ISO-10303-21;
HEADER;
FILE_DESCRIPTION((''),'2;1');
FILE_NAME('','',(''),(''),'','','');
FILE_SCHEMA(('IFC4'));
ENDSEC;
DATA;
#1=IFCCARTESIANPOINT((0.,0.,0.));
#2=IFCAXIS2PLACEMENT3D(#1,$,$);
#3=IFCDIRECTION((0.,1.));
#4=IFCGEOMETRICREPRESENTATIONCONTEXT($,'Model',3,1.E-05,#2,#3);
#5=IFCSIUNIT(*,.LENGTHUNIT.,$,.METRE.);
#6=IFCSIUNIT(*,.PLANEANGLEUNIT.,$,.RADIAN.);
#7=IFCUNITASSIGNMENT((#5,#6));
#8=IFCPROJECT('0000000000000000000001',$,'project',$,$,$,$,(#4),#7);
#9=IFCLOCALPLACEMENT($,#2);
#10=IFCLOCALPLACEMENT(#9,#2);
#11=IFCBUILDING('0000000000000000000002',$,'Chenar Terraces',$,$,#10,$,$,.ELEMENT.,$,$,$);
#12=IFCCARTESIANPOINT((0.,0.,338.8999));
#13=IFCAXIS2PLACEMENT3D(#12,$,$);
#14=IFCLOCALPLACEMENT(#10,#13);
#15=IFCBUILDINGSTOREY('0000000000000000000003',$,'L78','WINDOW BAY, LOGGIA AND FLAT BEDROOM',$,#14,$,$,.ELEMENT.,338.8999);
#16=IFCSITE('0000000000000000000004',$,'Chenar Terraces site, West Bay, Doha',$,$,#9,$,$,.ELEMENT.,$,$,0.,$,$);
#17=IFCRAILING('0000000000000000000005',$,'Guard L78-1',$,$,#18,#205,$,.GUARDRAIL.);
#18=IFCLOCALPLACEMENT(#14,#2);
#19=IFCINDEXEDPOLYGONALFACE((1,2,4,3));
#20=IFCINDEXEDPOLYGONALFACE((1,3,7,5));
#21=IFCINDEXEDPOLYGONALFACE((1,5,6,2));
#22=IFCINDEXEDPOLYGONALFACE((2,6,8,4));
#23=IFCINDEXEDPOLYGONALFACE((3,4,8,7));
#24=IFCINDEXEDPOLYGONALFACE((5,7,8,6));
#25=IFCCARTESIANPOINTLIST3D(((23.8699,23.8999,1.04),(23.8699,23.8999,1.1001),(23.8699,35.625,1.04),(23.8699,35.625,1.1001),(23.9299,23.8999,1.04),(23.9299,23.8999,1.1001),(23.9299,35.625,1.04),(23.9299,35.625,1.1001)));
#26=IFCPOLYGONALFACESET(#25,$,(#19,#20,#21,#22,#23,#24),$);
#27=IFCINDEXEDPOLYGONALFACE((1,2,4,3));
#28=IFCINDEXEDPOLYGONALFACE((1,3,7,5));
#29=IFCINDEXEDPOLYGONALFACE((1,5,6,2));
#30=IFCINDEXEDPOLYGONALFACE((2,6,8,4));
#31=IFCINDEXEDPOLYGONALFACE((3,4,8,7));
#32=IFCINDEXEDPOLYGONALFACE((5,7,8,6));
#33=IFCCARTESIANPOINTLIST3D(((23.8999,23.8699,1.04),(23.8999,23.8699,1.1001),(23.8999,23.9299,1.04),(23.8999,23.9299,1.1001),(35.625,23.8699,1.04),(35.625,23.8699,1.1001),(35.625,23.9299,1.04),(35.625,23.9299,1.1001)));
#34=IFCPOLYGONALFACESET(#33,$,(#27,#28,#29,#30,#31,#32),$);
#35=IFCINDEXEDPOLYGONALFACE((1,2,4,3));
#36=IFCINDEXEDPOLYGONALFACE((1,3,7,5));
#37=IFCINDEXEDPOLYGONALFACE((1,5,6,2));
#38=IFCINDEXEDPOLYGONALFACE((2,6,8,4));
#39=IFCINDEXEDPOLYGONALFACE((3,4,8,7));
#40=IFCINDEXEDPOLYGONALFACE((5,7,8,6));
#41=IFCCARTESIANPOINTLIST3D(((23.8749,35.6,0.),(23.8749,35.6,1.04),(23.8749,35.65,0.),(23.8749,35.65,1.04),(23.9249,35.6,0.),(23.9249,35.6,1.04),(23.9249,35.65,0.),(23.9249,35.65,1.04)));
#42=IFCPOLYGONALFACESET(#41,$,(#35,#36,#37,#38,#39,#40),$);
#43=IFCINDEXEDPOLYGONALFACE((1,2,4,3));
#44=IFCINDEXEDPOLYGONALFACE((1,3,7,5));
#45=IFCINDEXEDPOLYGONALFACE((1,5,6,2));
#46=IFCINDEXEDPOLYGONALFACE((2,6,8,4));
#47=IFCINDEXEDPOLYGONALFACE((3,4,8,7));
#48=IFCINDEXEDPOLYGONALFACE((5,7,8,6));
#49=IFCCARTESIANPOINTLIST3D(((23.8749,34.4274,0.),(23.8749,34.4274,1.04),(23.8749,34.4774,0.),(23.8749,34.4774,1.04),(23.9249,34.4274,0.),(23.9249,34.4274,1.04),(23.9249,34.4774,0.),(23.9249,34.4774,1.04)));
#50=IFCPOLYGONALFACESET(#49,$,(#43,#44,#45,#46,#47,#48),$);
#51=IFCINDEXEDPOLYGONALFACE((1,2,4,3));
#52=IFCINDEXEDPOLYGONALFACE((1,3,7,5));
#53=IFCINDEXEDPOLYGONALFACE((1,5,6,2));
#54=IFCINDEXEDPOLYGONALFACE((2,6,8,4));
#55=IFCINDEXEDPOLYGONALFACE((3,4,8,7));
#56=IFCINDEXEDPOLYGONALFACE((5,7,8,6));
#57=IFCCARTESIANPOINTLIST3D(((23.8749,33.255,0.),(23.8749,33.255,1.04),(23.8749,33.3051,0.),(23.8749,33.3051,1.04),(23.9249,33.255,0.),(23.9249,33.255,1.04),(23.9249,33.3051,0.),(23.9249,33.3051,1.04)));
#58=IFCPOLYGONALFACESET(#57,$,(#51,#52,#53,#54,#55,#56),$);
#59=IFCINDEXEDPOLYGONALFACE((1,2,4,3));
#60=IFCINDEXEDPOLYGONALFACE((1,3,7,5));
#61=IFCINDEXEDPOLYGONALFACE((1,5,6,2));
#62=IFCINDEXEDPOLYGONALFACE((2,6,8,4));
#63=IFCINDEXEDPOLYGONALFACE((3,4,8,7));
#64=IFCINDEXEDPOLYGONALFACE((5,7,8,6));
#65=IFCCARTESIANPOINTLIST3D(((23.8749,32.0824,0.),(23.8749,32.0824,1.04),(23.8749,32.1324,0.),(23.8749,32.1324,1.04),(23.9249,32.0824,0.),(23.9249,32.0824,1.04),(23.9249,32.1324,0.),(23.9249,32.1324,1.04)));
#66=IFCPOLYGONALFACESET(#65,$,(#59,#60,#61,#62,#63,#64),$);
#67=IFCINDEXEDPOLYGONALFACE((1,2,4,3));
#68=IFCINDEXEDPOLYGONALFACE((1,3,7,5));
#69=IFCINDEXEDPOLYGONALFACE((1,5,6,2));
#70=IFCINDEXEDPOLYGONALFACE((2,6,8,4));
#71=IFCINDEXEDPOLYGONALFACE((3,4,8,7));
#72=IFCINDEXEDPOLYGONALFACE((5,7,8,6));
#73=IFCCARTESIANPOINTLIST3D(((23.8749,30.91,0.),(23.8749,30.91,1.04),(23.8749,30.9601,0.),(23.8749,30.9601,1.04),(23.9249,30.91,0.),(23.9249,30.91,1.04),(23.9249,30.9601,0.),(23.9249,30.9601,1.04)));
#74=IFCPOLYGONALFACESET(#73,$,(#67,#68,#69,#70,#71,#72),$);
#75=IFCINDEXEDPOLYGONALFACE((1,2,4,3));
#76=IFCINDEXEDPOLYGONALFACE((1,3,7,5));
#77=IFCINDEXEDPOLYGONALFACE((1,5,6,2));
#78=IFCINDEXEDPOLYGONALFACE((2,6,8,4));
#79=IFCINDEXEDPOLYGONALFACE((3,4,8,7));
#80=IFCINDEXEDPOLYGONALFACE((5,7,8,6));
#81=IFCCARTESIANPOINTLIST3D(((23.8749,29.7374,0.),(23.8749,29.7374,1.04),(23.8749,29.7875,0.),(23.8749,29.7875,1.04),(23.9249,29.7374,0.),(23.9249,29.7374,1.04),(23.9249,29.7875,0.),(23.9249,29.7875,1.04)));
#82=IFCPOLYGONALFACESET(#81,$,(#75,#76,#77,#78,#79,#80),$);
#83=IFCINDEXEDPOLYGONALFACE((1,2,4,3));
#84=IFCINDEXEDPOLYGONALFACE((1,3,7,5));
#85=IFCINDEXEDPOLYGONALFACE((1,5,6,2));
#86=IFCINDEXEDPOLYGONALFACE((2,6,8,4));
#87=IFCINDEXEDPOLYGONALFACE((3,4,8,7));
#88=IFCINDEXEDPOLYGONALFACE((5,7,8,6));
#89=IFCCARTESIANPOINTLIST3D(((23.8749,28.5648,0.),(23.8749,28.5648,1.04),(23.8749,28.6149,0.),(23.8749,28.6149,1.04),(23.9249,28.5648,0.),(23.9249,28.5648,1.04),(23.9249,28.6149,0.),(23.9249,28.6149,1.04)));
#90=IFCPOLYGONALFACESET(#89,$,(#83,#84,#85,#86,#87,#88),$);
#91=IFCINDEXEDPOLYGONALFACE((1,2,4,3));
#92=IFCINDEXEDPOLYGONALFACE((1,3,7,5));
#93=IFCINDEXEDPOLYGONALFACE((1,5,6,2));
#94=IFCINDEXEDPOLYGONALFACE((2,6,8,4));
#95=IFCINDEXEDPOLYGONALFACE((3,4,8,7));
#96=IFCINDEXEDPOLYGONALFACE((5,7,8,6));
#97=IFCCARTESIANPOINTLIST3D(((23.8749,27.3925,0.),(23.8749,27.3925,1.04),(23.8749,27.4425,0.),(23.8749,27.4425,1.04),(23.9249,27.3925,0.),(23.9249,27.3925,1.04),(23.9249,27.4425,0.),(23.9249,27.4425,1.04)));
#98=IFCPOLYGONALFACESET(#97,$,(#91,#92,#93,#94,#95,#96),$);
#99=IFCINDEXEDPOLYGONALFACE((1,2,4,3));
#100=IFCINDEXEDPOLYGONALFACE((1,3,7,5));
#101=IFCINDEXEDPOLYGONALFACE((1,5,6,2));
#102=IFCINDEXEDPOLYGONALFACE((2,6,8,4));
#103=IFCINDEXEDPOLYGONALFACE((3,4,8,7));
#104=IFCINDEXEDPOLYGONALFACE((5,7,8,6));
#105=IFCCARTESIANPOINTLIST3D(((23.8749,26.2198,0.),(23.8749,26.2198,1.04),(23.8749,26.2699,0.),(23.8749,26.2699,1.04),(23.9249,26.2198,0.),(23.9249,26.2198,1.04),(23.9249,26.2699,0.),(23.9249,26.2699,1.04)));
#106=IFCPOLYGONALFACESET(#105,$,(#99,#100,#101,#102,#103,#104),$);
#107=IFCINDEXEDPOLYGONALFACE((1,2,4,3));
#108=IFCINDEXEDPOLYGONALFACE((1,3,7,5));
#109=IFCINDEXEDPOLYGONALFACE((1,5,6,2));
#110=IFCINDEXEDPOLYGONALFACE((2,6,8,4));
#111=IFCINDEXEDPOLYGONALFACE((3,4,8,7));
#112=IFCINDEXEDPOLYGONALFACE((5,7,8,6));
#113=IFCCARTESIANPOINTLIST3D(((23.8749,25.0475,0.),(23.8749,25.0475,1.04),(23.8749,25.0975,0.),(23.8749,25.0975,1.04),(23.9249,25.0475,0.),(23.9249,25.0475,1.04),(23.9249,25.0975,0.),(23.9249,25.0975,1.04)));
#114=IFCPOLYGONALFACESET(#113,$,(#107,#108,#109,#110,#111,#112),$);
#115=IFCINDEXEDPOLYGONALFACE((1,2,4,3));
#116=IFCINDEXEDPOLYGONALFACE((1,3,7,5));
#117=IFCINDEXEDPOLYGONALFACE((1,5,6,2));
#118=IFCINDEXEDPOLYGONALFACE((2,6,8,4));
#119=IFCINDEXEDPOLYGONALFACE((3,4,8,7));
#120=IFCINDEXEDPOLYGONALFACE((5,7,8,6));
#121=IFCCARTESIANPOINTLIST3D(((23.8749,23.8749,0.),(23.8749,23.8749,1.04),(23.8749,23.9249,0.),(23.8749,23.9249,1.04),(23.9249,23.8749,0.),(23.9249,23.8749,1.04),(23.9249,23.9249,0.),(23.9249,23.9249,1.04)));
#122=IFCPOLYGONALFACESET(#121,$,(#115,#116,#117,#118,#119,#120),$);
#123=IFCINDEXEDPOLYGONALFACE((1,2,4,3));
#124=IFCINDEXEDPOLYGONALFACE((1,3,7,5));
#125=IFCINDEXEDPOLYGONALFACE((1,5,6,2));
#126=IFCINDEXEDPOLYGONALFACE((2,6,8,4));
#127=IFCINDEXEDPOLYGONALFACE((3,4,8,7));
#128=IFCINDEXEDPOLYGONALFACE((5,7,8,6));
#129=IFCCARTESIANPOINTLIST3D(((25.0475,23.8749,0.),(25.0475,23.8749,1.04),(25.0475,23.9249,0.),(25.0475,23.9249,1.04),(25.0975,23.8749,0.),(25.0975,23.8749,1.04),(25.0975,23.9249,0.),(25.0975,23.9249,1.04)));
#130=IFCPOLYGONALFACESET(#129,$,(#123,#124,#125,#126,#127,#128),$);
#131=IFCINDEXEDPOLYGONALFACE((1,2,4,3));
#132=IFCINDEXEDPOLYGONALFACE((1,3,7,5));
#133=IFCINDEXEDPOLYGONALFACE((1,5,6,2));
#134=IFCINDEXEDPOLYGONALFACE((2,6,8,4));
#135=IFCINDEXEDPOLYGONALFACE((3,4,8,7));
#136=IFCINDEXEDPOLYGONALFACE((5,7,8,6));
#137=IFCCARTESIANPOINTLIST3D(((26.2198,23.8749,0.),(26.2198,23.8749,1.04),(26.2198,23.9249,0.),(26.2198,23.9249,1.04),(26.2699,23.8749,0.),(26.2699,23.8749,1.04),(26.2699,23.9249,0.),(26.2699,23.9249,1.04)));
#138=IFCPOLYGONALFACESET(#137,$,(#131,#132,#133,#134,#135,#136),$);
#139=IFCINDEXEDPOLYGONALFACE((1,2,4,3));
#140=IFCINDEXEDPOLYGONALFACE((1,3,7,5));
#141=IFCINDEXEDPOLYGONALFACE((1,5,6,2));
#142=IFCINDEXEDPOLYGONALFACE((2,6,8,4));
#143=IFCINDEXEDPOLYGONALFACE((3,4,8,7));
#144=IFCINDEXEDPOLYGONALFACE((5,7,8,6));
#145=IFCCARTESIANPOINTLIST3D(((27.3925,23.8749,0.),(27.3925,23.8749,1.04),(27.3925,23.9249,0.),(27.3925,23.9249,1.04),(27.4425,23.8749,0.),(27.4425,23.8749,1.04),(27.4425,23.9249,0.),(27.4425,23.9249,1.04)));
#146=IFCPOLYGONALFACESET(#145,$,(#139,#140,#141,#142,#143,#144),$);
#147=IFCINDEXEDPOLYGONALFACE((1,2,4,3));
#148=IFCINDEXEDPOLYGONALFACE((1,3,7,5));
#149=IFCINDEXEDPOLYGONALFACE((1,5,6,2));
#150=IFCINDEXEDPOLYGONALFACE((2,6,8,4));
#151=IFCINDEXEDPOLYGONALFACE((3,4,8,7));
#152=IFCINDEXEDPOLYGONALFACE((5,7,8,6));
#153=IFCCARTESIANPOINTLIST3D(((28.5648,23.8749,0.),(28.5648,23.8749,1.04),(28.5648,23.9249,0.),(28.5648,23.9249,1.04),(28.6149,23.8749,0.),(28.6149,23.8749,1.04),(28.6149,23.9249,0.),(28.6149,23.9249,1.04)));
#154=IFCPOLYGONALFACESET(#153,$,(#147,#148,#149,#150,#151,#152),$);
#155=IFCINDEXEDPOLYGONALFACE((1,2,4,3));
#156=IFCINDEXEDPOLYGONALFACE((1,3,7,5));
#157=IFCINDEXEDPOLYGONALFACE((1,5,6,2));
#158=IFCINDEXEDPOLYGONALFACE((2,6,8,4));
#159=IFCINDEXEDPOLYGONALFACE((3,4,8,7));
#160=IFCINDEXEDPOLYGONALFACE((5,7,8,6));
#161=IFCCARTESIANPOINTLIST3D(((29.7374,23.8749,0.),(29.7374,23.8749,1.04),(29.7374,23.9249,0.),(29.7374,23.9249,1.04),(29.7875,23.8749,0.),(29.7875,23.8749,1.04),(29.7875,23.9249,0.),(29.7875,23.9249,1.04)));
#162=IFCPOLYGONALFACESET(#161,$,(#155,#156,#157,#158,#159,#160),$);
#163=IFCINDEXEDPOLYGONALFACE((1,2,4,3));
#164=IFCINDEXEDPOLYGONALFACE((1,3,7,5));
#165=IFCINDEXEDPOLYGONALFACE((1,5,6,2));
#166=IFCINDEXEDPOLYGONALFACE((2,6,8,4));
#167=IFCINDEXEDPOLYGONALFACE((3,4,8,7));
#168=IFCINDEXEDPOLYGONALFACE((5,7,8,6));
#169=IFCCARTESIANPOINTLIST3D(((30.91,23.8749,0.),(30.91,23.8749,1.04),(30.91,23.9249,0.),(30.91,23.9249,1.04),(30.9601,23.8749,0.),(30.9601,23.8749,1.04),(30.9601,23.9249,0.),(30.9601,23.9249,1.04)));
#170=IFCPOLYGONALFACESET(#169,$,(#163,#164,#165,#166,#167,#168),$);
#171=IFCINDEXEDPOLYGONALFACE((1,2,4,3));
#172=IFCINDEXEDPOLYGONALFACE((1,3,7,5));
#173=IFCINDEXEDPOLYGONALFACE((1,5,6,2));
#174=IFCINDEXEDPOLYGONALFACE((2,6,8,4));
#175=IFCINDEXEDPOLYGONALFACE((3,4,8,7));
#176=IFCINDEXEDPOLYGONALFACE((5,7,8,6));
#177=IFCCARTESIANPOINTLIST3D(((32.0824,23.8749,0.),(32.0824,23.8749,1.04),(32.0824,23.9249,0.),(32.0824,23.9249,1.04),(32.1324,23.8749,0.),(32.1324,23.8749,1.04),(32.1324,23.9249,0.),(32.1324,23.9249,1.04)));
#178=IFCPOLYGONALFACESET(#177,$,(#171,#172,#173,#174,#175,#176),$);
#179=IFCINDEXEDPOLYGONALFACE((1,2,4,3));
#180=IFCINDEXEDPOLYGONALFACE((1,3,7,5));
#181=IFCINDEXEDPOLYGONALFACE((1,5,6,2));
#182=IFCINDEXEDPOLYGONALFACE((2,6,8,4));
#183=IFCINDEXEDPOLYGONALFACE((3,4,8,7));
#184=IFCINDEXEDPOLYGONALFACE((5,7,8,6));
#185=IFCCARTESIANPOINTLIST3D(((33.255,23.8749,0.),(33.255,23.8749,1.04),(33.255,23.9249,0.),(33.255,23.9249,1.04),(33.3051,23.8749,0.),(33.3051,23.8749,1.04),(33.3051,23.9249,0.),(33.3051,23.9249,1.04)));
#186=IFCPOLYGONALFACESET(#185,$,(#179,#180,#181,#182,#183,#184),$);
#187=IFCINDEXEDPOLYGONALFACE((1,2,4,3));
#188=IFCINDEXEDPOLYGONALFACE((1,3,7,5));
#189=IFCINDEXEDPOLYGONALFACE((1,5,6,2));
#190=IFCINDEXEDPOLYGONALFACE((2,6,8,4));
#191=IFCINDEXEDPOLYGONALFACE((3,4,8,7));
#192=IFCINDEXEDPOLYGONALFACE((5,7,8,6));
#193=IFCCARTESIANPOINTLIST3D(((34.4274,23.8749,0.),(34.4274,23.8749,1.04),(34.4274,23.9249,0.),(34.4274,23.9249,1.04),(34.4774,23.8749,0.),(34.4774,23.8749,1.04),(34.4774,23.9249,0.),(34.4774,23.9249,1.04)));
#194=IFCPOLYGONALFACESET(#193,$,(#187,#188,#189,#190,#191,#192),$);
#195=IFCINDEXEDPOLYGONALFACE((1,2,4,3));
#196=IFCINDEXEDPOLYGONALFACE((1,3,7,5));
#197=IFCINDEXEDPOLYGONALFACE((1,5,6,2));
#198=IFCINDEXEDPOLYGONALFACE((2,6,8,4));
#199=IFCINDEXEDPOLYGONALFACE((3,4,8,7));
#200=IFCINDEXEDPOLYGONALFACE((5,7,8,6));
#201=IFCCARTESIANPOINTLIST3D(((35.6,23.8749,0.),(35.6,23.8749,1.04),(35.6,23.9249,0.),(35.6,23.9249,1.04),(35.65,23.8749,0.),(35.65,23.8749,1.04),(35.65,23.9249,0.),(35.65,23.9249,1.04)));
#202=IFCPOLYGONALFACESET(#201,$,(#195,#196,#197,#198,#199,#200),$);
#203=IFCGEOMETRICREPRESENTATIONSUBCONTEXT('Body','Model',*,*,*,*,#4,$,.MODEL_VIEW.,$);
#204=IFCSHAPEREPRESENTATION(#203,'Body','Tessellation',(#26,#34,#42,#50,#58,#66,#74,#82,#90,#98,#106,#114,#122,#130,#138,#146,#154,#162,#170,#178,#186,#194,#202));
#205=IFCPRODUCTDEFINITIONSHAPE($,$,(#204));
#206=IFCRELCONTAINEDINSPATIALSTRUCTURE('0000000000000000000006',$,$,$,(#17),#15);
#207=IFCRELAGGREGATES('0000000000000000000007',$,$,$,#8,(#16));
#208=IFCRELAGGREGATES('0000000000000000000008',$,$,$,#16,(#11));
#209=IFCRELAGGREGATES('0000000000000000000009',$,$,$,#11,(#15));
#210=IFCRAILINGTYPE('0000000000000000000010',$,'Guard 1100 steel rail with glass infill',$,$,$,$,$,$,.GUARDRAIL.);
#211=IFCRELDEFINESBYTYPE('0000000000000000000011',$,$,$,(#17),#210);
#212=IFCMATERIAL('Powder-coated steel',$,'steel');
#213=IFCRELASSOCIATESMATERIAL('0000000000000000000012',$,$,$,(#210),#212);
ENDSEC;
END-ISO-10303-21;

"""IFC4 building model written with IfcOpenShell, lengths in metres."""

from ifc_helpers import new_model, si_unit, direction, frame, origin, origin_2d, place, context, subcontext, project, spatial, rectangle, extrude, material, type_object, element, save


model = new_model("IFC4")

# Units and contexts
model_context = context("Model", 3, precision=1e-05, world=origin(), true_north=direction((0.0, 1.0)))
body_context = subcontext(model_context, "Body", "Model", "MODEL_VIEW")
ifc_project = project(units=[si_unit("LENGTHUNIT", "METRE"), si_unit("PLANEANGLEUNIT", "RADIAN")], contexts=[model_context])

# Site, building, storey
site_placement = place(None, origin())
site = spatial("IfcSite", under=ifc_project, at=site_placement, Name="Chenar Terraces site, West Bay, Doha", CompositionType="ELEMENT", RefElevation=0.0)
building_placement = place(site_placement, origin())
building = spatial("IfcBuilding", under=site, at=building_placement, Name="Chenar Terraces", CompositionType="ELEMENT")
storey_placement = place(building_placement, frame((0.0, 0.0, 338.8999)))
storey = spatial("IfcBuildingStorey", under=building, at=storey_placement, Name="L78", Description="WINDOW BAY, LOGGIA AND FLAT BEDROOM", CompositionType="ELEMENT", Elevation=338.8999)

# Railing
ifc_material_1 = material(Name="Powder-coated steel", Category="steel")
railing_type = type_object("IfcRailingType", Name="Guard 1100 steel rail with glass infill", PredefinedType="GUARDRAIL", material=ifc_material_1)
railing_placement = place(storey_placement, frame((23.8999, 35.625, 0.0)))
element("IfcRailing", 1, at=railing_placement, inside=storey, type_object=railing_type, Name="Guard L78-1", PredefinedType="GUARDRAIL", context=body_context, shape_type="SweptSolid", body=[
    extrude(rectangle(XDim=0.0601, YDim=0.0601, at=origin_2d()), frame((0.0, 0.0, 1.0701), z_axis=(0.0, -1.0, 0.0), x_axis=(1.0, 0.0, 0.0)), (0.0, 0.0, 1.0), 11.7251),
    extrude(rectangle(XDim=0.0601, YDim=0.0601, at=origin_2d()), frame((0.0, -11.7251, 1.0701), z_axis=(1.0, 0.0, 0.0), x_axis=(0.0, 1.0, 0.0)), (0.0, 0.0, 1.0), 11.7251),
    extrude(rectangle(XDim=0.05, YDim=0.05, at=origin_2d()), origin(), (0.0, 0.0, 1.0), 1.04),
    extrude(rectangle(XDim=0.05, YDim=0.05, at=origin_2d()), frame((0.0, -1.1726, 0.0)), (0.0, 0.0, 1.0), 1.04),
    extrude(rectangle(XDim=0.05, YDim=0.05, at=origin_2d()), frame((0.0, -2.345, 0.0)), (0.0, 0.0, 1.0), 1.04),
    extrude(rectangle(XDim=0.05, YDim=0.05, at=origin_2d()), frame((0.0, -3.5176, 0.0)), (0.0, 0.0, 1.0), 1.04),
    extrude(rectangle(XDim=0.05, YDim=0.05, at=origin_2d()), frame((0.0, -4.6899, 0.0)), (0.0, 0.0, 1.0), 1.04),
    extrude(rectangle(XDim=0.05, YDim=0.05, at=origin_2d()), frame((0.0, -5.8625, 0.0)), (0.0, 0.0, 1.0), 1.04),
    extrude(rectangle(XDim=0.05, YDim=0.05, at=origin_2d()), frame((0.0, -7.0352, 0.0)), (0.0, 0.0, 1.0), 1.04),
    extrude(rectangle(XDim=0.05, YDim=0.05, at=origin_2d()), frame((0.0, -8.2075, 0.0)), (0.0, 0.0, 1.0), 1.04),
    extrude(rectangle(XDim=0.05, YDim=0.05, at=origin_2d()), frame((0.0, -9.3801, 0.0)), (0.0, 0.0, 1.0), 1.04),
    extrude(rectangle(XDim=0.05, YDim=0.05, at=origin_2d()), frame((0.0, -10.5525, 0.0)), (0.0, 0.0, 1.0), 1.04),
    extrude(rectangle(XDim=0.05, YDim=0.05, at=origin_2d()), frame((0.0, -11.7251, 0.0)), (0.0, 0.0, 1.0), 1.04),
    extrude(rectangle(XDim=0.05, YDim=0.05, at=origin_2d()), frame((1.1726, -11.7251, 0.0)), (0.0, 0.0, 1.0), 1.04),
    extrude(rectangle(XDim=0.05, YDim=0.05, at=origin_2d()), frame((2.345, -11.7251, 0.0)), (0.0, 0.0, 1.0), 1.04),
    extrude(rectangle(XDim=0.05, YDim=0.05, at=origin_2d()), frame((3.5176, -11.7251, 0.0)), (0.0, 0.0, 1.0), 1.04),
    extrude(rectangle(XDim=0.05, YDim=0.05, at=origin_2d()), frame((4.6899, -11.7251, 0.0)), (0.0, 0.0, 1.0), 1.04),
    extrude(rectangle(XDim=0.05, YDim=0.05, at=origin_2d()), frame((5.8625, -11.7251, 0.0)), (0.0, 0.0, 1.0), 1.04),
    extrude(rectangle(XDim=0.05, YDim=0.05, at=origin_2d()), frame((7.0352, -11.7251, 0.0)), (0.0, 0.0, 1.0), 1.04),
    extrude(rectangle(XDim=0.05, YDim=0.05, at=origin_2d()), frame((8.2075, -11.7251, 0.0)), (0.0, 0.0, 1.0), 1.04),
    extrude(rectangle(XDim=0.05, YDim=0.05, at=origin_2d()), frame((9.3801, -11.7251, 0.0)), (0.0, 0.0, 1.0), 1.04),
    extrude(rectangle(XDim=0.05, YDim=0.05, at=origin_2d()), frame((10.5525, -11.7251, 0.0)), (0.0, 0.0, 1.0), 1.04),
    extrude(rectangle(XDim=0.05, YDim=0.05, at=origin_2d()), frame((11.7251, -11.7251, 0.0)), (0.0, 0.0, 1.0), 1.04),
])

save(model, "model.ifc")
